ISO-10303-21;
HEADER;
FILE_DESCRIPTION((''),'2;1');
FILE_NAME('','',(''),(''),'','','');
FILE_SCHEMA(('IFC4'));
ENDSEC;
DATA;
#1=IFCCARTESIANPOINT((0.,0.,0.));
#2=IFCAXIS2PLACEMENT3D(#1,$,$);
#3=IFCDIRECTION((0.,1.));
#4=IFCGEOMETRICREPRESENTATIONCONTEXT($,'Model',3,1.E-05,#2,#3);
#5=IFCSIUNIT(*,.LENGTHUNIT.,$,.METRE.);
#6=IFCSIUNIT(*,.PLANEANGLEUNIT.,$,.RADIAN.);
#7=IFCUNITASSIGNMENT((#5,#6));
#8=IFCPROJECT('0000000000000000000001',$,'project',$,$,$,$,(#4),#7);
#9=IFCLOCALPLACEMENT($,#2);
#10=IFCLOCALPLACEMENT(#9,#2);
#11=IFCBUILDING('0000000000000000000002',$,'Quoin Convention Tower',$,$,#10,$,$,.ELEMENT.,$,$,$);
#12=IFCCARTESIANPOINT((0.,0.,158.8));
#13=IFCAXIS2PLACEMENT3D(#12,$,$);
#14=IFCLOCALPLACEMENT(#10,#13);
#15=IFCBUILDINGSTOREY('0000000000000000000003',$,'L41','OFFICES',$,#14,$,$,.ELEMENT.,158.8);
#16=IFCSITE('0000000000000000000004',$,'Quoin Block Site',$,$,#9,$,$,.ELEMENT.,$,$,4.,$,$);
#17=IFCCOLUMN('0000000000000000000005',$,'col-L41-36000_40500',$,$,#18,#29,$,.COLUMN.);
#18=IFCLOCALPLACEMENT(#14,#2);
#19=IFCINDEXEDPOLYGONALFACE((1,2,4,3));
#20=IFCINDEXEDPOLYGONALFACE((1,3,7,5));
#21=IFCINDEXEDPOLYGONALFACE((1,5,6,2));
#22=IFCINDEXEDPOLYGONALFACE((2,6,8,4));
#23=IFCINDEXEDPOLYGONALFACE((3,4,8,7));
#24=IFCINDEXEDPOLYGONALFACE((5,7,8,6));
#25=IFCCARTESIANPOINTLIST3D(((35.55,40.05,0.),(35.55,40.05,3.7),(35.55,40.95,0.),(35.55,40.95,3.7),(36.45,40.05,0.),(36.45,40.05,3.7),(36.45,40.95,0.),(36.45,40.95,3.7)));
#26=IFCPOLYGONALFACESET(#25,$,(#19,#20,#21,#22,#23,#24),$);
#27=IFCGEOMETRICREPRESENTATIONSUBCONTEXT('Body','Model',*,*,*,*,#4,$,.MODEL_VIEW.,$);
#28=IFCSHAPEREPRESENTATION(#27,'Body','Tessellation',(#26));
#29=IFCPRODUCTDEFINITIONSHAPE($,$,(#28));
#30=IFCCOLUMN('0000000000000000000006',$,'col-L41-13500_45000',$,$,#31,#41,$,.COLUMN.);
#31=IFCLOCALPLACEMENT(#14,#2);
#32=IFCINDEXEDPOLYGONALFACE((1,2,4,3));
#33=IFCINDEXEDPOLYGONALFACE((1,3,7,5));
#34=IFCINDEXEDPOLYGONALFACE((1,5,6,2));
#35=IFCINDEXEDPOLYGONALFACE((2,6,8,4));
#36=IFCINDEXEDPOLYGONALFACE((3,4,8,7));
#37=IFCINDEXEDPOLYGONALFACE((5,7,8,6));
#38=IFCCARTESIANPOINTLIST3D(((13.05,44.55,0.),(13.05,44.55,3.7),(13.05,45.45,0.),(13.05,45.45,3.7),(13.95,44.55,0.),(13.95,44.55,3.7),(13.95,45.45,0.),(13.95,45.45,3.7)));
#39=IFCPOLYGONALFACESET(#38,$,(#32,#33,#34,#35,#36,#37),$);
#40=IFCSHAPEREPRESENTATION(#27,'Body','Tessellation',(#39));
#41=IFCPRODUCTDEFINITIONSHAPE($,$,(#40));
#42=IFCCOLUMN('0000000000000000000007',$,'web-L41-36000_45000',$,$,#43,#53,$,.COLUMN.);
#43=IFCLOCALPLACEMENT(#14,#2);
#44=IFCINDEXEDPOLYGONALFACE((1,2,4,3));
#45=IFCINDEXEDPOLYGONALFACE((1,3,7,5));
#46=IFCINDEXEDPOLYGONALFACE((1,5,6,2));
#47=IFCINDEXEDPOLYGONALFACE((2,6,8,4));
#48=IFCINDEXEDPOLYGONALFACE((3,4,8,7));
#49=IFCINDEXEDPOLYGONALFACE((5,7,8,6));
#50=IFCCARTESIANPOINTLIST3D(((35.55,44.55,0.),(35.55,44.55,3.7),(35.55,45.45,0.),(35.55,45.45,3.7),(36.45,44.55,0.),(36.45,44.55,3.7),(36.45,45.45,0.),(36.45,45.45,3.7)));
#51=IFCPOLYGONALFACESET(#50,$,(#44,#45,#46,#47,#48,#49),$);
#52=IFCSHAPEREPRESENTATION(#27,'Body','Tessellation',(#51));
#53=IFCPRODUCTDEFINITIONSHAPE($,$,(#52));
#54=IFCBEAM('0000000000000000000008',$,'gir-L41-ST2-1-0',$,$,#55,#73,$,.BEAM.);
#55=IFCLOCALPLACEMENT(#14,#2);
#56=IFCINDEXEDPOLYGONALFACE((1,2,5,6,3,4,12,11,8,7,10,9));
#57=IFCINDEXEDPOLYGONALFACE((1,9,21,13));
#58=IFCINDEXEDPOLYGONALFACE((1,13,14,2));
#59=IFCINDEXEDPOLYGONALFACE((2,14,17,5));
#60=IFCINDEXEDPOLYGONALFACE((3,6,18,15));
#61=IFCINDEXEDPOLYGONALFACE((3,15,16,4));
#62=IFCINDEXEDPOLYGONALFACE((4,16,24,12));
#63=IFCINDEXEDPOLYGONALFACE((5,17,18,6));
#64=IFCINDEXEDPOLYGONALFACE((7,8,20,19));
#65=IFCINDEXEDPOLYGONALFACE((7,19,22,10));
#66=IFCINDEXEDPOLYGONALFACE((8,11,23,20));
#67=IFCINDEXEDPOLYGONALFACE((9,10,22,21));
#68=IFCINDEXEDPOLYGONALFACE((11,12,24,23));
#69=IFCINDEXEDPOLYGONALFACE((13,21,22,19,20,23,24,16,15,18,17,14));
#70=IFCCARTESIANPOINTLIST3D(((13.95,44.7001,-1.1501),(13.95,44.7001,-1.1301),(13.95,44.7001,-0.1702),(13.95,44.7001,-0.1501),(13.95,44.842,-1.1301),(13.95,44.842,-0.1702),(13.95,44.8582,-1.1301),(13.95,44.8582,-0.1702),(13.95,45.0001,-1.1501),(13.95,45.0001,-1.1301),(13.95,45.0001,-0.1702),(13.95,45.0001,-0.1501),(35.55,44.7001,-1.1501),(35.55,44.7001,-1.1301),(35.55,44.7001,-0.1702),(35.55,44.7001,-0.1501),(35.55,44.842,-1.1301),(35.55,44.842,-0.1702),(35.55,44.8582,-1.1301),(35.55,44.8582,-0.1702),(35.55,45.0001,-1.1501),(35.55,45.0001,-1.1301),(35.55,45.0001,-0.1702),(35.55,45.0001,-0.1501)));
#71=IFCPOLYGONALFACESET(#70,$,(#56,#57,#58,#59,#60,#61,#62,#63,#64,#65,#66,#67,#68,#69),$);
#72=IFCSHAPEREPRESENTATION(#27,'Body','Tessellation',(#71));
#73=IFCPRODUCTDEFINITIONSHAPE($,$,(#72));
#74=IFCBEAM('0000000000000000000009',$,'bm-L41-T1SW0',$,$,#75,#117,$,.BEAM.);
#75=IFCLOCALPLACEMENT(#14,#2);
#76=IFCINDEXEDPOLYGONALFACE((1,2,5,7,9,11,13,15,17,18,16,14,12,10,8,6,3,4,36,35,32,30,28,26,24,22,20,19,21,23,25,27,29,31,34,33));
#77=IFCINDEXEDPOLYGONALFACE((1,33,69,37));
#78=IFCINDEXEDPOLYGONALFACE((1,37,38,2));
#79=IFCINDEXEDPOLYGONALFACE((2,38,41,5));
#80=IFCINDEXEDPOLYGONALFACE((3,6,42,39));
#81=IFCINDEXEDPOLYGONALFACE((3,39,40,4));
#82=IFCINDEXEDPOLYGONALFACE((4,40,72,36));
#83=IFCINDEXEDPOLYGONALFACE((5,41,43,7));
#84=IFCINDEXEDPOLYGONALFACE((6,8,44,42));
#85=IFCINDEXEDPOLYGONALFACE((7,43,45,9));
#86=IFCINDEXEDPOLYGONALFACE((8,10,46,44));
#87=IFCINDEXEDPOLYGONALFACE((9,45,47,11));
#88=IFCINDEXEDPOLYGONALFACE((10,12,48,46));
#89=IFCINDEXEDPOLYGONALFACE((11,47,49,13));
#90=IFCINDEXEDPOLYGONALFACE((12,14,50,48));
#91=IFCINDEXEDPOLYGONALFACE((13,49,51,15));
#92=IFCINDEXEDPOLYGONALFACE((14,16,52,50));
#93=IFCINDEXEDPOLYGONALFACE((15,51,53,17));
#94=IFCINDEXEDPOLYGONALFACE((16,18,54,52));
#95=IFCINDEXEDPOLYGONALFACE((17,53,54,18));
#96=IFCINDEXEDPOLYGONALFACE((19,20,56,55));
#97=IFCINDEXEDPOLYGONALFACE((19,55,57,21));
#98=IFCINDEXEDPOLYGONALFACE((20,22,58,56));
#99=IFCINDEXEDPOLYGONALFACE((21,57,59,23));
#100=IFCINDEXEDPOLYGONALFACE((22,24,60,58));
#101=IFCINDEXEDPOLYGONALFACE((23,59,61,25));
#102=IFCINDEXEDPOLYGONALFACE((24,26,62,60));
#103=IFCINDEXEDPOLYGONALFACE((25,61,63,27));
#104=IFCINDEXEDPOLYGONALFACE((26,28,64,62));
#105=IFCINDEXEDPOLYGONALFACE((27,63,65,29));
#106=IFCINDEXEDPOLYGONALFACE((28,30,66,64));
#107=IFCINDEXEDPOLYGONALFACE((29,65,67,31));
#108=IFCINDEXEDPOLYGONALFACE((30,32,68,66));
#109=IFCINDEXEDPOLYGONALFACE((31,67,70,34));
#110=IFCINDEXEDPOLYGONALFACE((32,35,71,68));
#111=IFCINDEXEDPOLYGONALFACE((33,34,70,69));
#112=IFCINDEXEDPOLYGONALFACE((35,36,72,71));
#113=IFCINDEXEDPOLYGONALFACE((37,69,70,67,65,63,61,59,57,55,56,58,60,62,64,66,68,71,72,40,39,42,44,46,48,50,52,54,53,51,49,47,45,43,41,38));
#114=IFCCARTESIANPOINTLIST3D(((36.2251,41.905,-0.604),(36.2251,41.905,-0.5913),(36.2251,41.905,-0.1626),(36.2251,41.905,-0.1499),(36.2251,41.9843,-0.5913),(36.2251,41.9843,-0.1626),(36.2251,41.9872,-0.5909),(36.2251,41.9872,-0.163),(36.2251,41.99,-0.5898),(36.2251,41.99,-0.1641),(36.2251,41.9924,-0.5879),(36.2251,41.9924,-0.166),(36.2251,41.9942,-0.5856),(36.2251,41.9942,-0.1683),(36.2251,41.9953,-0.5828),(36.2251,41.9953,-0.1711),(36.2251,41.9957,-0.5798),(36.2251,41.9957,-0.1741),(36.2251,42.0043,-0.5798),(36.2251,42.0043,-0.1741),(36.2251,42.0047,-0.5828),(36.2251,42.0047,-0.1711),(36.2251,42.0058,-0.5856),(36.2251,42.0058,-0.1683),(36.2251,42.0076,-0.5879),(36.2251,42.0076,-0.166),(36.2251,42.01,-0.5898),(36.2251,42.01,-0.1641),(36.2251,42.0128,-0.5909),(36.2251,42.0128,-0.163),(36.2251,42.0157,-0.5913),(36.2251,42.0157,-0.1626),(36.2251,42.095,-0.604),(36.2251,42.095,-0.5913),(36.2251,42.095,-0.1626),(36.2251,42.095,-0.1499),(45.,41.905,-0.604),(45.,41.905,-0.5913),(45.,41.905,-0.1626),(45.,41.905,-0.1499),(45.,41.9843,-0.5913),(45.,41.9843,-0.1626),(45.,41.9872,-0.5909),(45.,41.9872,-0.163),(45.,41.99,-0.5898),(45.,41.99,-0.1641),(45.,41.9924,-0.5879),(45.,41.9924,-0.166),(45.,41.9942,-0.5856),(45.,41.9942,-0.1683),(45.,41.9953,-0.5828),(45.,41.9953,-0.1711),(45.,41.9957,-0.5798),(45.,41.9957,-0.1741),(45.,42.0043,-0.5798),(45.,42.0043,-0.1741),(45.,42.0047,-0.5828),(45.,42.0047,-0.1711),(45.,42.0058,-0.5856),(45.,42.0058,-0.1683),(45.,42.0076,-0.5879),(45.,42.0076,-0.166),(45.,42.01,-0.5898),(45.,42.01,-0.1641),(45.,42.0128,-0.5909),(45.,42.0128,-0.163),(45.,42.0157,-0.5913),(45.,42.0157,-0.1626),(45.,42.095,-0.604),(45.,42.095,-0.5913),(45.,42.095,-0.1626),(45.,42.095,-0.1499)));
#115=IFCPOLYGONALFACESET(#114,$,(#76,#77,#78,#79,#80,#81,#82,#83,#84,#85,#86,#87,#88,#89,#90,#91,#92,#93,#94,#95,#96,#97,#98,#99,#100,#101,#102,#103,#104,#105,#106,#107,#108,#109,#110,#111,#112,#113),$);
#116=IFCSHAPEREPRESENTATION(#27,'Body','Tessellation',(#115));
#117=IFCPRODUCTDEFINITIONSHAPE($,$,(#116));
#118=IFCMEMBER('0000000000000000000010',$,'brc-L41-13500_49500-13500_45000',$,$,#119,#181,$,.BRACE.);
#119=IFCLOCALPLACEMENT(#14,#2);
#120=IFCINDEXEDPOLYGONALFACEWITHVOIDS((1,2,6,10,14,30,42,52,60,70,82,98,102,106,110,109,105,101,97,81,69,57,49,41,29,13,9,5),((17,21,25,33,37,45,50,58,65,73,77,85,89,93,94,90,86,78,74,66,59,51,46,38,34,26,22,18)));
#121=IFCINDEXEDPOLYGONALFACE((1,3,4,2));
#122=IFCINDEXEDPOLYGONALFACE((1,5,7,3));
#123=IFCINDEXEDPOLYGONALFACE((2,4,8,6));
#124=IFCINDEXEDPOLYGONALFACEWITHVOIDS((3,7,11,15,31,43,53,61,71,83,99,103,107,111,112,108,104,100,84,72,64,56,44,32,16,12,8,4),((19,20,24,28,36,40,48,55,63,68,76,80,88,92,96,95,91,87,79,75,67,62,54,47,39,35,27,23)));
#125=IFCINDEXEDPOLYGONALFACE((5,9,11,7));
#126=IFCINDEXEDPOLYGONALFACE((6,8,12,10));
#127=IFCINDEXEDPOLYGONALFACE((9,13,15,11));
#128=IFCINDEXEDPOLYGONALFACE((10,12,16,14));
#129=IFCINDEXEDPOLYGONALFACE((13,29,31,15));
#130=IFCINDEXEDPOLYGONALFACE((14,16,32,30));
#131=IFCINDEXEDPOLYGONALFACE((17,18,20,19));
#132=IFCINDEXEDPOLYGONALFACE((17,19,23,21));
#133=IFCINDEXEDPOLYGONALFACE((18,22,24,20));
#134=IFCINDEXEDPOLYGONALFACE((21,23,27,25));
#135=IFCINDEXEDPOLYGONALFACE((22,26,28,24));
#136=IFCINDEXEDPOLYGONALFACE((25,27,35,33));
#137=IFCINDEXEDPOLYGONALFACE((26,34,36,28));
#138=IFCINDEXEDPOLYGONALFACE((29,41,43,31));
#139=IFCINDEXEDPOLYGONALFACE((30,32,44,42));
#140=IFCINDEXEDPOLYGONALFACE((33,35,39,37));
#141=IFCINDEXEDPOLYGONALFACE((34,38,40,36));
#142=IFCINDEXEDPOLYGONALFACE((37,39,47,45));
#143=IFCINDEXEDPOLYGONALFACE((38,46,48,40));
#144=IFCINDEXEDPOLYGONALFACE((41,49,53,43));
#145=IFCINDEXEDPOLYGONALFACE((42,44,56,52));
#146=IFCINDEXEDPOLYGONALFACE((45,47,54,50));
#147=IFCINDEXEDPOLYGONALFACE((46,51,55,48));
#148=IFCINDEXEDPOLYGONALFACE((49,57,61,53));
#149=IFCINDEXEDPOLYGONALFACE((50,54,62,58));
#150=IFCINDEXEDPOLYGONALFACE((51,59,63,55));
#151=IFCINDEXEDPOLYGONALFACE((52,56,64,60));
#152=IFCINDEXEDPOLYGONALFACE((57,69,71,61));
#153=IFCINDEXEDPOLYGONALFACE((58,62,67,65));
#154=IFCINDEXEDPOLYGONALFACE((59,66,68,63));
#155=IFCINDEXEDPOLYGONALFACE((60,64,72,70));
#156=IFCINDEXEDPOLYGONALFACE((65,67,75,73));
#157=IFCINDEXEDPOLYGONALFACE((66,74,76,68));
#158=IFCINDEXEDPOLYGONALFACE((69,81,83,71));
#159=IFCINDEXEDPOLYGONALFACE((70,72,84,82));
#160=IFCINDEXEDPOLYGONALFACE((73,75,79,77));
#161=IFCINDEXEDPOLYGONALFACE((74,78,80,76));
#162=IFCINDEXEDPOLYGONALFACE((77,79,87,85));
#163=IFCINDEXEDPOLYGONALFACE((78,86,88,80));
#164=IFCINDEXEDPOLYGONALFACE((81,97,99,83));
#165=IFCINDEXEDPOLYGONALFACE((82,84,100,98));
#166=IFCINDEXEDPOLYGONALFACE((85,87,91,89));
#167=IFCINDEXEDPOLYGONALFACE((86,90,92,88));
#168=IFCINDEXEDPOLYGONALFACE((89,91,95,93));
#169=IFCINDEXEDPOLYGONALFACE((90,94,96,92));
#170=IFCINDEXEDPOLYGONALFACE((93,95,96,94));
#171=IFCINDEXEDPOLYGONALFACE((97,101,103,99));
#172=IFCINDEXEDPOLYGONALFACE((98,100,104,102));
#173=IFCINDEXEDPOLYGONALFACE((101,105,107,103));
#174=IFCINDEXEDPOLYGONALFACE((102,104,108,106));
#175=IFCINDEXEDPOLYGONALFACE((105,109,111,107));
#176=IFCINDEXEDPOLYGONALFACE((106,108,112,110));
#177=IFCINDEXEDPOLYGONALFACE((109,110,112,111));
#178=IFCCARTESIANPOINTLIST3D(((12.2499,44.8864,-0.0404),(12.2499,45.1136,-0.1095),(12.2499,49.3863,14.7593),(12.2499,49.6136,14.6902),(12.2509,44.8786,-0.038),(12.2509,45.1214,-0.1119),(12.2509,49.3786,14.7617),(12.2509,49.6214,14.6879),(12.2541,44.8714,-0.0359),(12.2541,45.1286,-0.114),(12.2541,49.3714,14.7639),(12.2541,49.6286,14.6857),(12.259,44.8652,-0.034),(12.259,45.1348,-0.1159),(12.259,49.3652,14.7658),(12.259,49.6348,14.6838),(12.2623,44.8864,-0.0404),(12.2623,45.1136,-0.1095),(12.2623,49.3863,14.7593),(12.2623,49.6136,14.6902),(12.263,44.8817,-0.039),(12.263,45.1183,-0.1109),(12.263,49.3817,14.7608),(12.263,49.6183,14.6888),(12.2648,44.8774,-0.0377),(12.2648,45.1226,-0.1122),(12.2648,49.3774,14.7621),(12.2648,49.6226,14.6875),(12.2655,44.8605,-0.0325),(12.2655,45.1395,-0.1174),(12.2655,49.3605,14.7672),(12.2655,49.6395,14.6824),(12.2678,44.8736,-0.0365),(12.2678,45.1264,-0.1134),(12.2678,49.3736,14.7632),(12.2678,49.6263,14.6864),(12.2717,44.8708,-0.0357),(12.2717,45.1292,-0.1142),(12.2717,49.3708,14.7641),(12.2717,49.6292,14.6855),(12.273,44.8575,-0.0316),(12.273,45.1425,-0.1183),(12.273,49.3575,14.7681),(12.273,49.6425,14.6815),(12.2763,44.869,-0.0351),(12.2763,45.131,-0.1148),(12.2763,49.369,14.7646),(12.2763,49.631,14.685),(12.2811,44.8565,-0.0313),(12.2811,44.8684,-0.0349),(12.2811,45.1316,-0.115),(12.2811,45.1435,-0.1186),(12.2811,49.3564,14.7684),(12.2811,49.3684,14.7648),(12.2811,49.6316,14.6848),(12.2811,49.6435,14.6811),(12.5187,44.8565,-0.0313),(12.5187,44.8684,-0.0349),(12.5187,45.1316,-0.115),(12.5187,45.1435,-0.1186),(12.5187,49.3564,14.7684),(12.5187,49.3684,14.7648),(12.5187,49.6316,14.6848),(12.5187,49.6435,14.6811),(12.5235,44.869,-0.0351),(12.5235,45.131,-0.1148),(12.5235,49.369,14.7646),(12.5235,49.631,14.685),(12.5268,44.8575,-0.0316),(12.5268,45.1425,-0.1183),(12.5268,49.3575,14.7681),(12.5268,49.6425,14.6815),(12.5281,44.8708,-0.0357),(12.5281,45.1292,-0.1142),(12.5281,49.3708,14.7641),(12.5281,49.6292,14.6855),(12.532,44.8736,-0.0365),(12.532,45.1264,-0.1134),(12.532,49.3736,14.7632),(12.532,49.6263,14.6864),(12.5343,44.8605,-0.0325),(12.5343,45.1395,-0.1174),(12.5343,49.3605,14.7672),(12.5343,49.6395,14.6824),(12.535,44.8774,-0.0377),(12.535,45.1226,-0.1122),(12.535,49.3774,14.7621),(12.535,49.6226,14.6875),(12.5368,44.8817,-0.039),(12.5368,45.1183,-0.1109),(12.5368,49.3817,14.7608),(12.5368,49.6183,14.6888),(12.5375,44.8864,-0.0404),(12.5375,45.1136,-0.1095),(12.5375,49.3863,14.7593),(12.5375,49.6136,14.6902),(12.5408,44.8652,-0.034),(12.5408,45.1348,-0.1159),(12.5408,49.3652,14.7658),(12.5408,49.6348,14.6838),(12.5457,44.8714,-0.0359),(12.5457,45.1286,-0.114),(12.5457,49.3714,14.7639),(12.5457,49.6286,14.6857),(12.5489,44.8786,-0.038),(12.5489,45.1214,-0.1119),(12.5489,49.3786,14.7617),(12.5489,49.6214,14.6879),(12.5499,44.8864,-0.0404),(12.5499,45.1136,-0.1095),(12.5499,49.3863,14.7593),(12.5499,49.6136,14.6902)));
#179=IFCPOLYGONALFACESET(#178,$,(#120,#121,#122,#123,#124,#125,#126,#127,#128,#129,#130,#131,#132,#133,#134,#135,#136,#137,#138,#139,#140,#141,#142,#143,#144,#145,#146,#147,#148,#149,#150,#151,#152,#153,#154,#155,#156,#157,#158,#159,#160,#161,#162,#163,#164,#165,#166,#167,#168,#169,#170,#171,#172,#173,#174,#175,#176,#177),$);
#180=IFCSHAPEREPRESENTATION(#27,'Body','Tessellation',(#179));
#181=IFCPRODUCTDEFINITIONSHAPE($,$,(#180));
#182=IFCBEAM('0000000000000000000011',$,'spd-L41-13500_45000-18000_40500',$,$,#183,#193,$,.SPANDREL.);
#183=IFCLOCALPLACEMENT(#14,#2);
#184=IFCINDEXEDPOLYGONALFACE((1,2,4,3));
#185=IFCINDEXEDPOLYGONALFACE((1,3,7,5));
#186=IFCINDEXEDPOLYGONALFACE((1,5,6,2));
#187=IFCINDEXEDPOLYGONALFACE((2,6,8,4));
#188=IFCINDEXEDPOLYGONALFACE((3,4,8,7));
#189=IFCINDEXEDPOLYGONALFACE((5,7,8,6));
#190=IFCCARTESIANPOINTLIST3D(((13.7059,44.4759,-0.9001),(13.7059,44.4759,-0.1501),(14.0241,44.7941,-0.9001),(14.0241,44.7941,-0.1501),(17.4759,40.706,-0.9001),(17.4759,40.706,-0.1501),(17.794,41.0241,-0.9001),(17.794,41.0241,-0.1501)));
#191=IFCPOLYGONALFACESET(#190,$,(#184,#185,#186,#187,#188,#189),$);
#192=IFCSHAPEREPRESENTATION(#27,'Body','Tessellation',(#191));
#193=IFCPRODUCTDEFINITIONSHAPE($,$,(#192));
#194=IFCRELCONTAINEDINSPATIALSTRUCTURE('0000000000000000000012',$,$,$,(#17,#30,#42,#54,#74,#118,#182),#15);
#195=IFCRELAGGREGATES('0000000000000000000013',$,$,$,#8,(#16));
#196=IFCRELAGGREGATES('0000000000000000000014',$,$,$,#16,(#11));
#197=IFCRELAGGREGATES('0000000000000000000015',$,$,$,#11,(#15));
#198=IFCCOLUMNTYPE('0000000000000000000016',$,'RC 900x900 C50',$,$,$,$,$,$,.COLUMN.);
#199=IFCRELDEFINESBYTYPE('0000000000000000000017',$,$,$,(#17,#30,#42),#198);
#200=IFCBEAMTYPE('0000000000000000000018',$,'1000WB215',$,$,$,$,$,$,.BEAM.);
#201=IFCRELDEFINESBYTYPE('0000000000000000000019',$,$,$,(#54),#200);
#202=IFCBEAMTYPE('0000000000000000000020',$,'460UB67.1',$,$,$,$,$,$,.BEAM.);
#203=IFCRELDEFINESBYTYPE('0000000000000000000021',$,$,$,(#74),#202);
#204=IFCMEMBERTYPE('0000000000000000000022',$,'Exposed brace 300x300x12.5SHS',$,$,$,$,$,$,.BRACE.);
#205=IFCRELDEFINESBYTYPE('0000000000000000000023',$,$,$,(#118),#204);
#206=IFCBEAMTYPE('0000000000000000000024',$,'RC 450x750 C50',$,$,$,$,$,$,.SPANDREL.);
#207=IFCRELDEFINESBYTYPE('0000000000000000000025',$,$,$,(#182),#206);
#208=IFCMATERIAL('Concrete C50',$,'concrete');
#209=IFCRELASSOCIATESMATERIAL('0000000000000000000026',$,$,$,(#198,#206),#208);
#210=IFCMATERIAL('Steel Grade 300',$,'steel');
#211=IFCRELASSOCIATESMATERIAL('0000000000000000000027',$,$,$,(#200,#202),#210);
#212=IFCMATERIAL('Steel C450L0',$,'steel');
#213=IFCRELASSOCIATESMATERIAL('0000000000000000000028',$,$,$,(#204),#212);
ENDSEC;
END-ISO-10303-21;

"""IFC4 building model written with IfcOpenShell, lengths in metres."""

from ifc_helpers import new_model, si_unit, direction, frame, origin, origin_2d, place, context, subcontext, project, spatial, rectangle, hollow_rectangle, i_section, extrude, material, material_profile, profile_set, type_object, element, save


model = new_model("IFC4")

# Units and contexts
model_context = context("Model", 3, precision=1e-05, world=origin(), true_north=direction((0.0, 1.0)))
body_context = subcontext(model_context, "Body", "Model", "MODEL_VIEW")
ifc_project = project(units=[si_unit("LENGTHUNIT", "METRE"), si_unit("PLANEANGLEUNIT", "RADIAN")], contexts=[model_context])

# Site, building, storey
site_placement = place(None, origin())
site = spatial("IfcSite", under=ifc_project, at=site_placement, Name="Quoin Block Site", CompositionType="ELEMENT", RefElevation=4.0)
building_placement = place(site_placement, origin())
building = spatial("IfcBuilding", under=site, at=building_placement, Name="Quoin Convention Tower", CompositionType="ELEMENT")
storey_placement = place(building_placement, frame((0.0, 0.0, 158.8)))
storey = spatial("IfcBuildingStorey", under=building, at=storey_placement, Name="L41", Description="OFFICES", CompositionType="ELEMENT", Elevation=158.8)

# Columns
ifc_material_1 = material(Name="Concrete C50", Category="concrete")
ifc_material_profile_1 = material_profile(ifc_material_1, rectangle(XDim=0.8999, YDim=0.8999, at=origin_2d()), Name="RC 900x900")
ifc_profile_set_1 = profile_set([ifc_material_profile_1], Name="Concrete C50")
column_type = type_object("IfcColumnType", Name="RC 900x900 C50", PredefinedType="COLUMN", material=ifc_profile_set_1)
for number, where, z_axis, x_axis, name in (
    (1, (36.0, 40.5, 0.0), (0.0, 0.0, 1.0), (1.0, 0.0, 0.0), "col-L41-36000_40500"),
    (2, (13.5, 45.0, 0.0), (0.0, 0.0, 1.0), (1.0, 0.0, 0.0), "col-L41-13500_45000"),
    (3, (36.0, 45.0, 0.0), (0.0, 0.0, 1.0), (1.0, 0.0, 0.0), "web-L41-36000_45000"),
):
    element("IfcColumn", number, at=place(storey_placement, frame(where, z_axis=z_axis, x_axis=x_axis)), inside=storey, type_object=column_type, Name=name, PredefinedType="COLUMN", context=body_context, shape_type="SweptSolid", body=[
        extrude(rectangle(XDim=0.8999, YDim=0.8999, at=origin_2d()), origin(), (0.0, 0.0, 1.0), 3.7),
    ])

# Beams
ifc_material_2 = material(Name="Steel Grade 300", Category="steel")
ifc_material_profile_2 = material_profile(ifc_material_2, i_section(OverallWidth=0.3, OverallDepth=1.0, WebThickness=0.0161, FlangeThickness=0.02, at=origin_2d()), Name="1000WB215")
ifc_profile_set_2 = profile_set([ifc_material_profile_2], Name="Steel Grade 300")
beam_type_1 = type_object("IfcBeamType", Name="1000WB215", PredefinedType="BEAM", material=ifc_profile_set_2)
beam_1_placement = place(storey_placement, frame((13.95, 44.8501, -0.6501), z_axis=(1.0, 0.0, 0.0), x_axis=(0.0, 1.0, 0.0)))
element("IfcBeam", 4, at=beam_1_placement, inside=storey, type_object=beam_type_1, Name="gir-L41-ST2-1-0", PredefinedType="BEAM", context=body_context, shape_type="SweptSolid", body=[
    extrude(i_section(OverallWidth=0.3, OverallDepth=1.0, WebThickness=0.0161, FlangeThickness=0.02, at=origin_2d()), origin(), (0.0, 0.0, 1.0), 21.6001),
])
ifc_material_profile_3 = material_profile(ifc_material_2, i_section(OverallWidth=0.1899, OverallDepth=0.4541, WebThickness=0.0085, FlangeThickness=0.0127, FilletRadius=0.0115, at=origin_2d()), Name="460UB67.1")
ifc_profile_set_3 = profile_set([ifc_material_profile_3], Name="Steel Grade 300")
beam_type_2 = type_object("IfcBeamType", Name="460UB67.1", PredefinedType="BEAM", material=ifc_profile_set_3)
beam_2_placement = place(storey_placement, frame((36.2251, 42.0, -0.377), z_axis=(1.0, 0.0, 0.0), x_axis=(0.0, 1.0, 0.0)))
element("IfcBeam", 5, at=beam_2_placement, inside=storey, type_object=beam_type_2, Name="bm-L41-T1SW0", PredefinedType="BEAM", context=body_context, shape_type="SweptSolid", body=[
    extrude(i_section(OverallWidth=0.1899, OverallDepth=0.4541, WebThickness=0.0085, FlangeThickness=0.0127, FilletRadius=0.0115, at=origin_2d()), origin(), (0.0, 0.0, 1.0), 8.7749),
])

# Member
ifc_material_3 = material(Name="Steel C450L0", Category="steel")
ifc_material_profile_4 = material_profile(ifc_material_3, hollow_rectangle(XDim=0.3, YDim=0.3, WallThickness=0.0125, InnerFilletRadius=0.0188, OuterFilletRadius=0.0312, at=origin_2d()), Name="300x300x12.5SHS")
ifc_profile_set_4 = profile_set([ifc_material_profile_4], Name="Steel C450L0")
member_type = type_object("IfcMemberType", Name="Exposed brace 300x300x12.5SHS", PredefinedType="BRACE", material=ifc_profile_set_4)
member_placement = place(storey_placement, frame((12.3999, 45.0, -0.075), z_axis=(0.0, 0.290908, 0.956751), x_axis=(-1.0, 0.0, 0.0)))
element("IfcMember", 6, at=member_placement, inside=storey, type_object=member_type, Name="brc-L41-13500_49500-13500_45000", PredefinedType="BRACE", context=body_context, shape_type="SweptSolid", body=[
    extrude(hollow_rectangle(XDim=0.3, YDim=0.3, WallThickness=0.0125, InnerFilletRadius=0.0188, OuterFilletRadius=0.0312, at=origin_2d()), origin(), (0.0, 0.0, 1.0), 15.4688),
])

# Beam
ifc_material_profile_5 = material_profile(ifc_material_1, rectangle(XDim=0.45, YDim=0.75, at=origin_2d()), Name="RC 450x750")
ifc_profile_set_5 = profile_set([ifc_material_profile_5], Name="Concrete C50")
beam_type_3 = type_object("IfcBeamType", Name="RC 450x750 C50", PredefinedType="SPANDREL", material=ifc_profile_set_5)
beam_3_placement = place(storey_placement, frame((13.865, 44.635, -0.5251), z_axis=(0.707107, -0.707107, 0.0), x_axis=(0.707107, 0.707107, 0.0)))
element("IfcBeam", 7, at=beam_3_placement, inside=storey, type_object=beam_type_3, Name="spd-L41-13500_45000-18000_40500", PredefinedType="SPANDREL", context=body_context, shape_type="SweptSolid", body=[
    extrude(rectangle(XDim=0.45, YDim=0.75, at=origin_2d()), origin(), (0.0, 0.0, 1.0), 5.3315),
])

save(model, "model.ifc")
